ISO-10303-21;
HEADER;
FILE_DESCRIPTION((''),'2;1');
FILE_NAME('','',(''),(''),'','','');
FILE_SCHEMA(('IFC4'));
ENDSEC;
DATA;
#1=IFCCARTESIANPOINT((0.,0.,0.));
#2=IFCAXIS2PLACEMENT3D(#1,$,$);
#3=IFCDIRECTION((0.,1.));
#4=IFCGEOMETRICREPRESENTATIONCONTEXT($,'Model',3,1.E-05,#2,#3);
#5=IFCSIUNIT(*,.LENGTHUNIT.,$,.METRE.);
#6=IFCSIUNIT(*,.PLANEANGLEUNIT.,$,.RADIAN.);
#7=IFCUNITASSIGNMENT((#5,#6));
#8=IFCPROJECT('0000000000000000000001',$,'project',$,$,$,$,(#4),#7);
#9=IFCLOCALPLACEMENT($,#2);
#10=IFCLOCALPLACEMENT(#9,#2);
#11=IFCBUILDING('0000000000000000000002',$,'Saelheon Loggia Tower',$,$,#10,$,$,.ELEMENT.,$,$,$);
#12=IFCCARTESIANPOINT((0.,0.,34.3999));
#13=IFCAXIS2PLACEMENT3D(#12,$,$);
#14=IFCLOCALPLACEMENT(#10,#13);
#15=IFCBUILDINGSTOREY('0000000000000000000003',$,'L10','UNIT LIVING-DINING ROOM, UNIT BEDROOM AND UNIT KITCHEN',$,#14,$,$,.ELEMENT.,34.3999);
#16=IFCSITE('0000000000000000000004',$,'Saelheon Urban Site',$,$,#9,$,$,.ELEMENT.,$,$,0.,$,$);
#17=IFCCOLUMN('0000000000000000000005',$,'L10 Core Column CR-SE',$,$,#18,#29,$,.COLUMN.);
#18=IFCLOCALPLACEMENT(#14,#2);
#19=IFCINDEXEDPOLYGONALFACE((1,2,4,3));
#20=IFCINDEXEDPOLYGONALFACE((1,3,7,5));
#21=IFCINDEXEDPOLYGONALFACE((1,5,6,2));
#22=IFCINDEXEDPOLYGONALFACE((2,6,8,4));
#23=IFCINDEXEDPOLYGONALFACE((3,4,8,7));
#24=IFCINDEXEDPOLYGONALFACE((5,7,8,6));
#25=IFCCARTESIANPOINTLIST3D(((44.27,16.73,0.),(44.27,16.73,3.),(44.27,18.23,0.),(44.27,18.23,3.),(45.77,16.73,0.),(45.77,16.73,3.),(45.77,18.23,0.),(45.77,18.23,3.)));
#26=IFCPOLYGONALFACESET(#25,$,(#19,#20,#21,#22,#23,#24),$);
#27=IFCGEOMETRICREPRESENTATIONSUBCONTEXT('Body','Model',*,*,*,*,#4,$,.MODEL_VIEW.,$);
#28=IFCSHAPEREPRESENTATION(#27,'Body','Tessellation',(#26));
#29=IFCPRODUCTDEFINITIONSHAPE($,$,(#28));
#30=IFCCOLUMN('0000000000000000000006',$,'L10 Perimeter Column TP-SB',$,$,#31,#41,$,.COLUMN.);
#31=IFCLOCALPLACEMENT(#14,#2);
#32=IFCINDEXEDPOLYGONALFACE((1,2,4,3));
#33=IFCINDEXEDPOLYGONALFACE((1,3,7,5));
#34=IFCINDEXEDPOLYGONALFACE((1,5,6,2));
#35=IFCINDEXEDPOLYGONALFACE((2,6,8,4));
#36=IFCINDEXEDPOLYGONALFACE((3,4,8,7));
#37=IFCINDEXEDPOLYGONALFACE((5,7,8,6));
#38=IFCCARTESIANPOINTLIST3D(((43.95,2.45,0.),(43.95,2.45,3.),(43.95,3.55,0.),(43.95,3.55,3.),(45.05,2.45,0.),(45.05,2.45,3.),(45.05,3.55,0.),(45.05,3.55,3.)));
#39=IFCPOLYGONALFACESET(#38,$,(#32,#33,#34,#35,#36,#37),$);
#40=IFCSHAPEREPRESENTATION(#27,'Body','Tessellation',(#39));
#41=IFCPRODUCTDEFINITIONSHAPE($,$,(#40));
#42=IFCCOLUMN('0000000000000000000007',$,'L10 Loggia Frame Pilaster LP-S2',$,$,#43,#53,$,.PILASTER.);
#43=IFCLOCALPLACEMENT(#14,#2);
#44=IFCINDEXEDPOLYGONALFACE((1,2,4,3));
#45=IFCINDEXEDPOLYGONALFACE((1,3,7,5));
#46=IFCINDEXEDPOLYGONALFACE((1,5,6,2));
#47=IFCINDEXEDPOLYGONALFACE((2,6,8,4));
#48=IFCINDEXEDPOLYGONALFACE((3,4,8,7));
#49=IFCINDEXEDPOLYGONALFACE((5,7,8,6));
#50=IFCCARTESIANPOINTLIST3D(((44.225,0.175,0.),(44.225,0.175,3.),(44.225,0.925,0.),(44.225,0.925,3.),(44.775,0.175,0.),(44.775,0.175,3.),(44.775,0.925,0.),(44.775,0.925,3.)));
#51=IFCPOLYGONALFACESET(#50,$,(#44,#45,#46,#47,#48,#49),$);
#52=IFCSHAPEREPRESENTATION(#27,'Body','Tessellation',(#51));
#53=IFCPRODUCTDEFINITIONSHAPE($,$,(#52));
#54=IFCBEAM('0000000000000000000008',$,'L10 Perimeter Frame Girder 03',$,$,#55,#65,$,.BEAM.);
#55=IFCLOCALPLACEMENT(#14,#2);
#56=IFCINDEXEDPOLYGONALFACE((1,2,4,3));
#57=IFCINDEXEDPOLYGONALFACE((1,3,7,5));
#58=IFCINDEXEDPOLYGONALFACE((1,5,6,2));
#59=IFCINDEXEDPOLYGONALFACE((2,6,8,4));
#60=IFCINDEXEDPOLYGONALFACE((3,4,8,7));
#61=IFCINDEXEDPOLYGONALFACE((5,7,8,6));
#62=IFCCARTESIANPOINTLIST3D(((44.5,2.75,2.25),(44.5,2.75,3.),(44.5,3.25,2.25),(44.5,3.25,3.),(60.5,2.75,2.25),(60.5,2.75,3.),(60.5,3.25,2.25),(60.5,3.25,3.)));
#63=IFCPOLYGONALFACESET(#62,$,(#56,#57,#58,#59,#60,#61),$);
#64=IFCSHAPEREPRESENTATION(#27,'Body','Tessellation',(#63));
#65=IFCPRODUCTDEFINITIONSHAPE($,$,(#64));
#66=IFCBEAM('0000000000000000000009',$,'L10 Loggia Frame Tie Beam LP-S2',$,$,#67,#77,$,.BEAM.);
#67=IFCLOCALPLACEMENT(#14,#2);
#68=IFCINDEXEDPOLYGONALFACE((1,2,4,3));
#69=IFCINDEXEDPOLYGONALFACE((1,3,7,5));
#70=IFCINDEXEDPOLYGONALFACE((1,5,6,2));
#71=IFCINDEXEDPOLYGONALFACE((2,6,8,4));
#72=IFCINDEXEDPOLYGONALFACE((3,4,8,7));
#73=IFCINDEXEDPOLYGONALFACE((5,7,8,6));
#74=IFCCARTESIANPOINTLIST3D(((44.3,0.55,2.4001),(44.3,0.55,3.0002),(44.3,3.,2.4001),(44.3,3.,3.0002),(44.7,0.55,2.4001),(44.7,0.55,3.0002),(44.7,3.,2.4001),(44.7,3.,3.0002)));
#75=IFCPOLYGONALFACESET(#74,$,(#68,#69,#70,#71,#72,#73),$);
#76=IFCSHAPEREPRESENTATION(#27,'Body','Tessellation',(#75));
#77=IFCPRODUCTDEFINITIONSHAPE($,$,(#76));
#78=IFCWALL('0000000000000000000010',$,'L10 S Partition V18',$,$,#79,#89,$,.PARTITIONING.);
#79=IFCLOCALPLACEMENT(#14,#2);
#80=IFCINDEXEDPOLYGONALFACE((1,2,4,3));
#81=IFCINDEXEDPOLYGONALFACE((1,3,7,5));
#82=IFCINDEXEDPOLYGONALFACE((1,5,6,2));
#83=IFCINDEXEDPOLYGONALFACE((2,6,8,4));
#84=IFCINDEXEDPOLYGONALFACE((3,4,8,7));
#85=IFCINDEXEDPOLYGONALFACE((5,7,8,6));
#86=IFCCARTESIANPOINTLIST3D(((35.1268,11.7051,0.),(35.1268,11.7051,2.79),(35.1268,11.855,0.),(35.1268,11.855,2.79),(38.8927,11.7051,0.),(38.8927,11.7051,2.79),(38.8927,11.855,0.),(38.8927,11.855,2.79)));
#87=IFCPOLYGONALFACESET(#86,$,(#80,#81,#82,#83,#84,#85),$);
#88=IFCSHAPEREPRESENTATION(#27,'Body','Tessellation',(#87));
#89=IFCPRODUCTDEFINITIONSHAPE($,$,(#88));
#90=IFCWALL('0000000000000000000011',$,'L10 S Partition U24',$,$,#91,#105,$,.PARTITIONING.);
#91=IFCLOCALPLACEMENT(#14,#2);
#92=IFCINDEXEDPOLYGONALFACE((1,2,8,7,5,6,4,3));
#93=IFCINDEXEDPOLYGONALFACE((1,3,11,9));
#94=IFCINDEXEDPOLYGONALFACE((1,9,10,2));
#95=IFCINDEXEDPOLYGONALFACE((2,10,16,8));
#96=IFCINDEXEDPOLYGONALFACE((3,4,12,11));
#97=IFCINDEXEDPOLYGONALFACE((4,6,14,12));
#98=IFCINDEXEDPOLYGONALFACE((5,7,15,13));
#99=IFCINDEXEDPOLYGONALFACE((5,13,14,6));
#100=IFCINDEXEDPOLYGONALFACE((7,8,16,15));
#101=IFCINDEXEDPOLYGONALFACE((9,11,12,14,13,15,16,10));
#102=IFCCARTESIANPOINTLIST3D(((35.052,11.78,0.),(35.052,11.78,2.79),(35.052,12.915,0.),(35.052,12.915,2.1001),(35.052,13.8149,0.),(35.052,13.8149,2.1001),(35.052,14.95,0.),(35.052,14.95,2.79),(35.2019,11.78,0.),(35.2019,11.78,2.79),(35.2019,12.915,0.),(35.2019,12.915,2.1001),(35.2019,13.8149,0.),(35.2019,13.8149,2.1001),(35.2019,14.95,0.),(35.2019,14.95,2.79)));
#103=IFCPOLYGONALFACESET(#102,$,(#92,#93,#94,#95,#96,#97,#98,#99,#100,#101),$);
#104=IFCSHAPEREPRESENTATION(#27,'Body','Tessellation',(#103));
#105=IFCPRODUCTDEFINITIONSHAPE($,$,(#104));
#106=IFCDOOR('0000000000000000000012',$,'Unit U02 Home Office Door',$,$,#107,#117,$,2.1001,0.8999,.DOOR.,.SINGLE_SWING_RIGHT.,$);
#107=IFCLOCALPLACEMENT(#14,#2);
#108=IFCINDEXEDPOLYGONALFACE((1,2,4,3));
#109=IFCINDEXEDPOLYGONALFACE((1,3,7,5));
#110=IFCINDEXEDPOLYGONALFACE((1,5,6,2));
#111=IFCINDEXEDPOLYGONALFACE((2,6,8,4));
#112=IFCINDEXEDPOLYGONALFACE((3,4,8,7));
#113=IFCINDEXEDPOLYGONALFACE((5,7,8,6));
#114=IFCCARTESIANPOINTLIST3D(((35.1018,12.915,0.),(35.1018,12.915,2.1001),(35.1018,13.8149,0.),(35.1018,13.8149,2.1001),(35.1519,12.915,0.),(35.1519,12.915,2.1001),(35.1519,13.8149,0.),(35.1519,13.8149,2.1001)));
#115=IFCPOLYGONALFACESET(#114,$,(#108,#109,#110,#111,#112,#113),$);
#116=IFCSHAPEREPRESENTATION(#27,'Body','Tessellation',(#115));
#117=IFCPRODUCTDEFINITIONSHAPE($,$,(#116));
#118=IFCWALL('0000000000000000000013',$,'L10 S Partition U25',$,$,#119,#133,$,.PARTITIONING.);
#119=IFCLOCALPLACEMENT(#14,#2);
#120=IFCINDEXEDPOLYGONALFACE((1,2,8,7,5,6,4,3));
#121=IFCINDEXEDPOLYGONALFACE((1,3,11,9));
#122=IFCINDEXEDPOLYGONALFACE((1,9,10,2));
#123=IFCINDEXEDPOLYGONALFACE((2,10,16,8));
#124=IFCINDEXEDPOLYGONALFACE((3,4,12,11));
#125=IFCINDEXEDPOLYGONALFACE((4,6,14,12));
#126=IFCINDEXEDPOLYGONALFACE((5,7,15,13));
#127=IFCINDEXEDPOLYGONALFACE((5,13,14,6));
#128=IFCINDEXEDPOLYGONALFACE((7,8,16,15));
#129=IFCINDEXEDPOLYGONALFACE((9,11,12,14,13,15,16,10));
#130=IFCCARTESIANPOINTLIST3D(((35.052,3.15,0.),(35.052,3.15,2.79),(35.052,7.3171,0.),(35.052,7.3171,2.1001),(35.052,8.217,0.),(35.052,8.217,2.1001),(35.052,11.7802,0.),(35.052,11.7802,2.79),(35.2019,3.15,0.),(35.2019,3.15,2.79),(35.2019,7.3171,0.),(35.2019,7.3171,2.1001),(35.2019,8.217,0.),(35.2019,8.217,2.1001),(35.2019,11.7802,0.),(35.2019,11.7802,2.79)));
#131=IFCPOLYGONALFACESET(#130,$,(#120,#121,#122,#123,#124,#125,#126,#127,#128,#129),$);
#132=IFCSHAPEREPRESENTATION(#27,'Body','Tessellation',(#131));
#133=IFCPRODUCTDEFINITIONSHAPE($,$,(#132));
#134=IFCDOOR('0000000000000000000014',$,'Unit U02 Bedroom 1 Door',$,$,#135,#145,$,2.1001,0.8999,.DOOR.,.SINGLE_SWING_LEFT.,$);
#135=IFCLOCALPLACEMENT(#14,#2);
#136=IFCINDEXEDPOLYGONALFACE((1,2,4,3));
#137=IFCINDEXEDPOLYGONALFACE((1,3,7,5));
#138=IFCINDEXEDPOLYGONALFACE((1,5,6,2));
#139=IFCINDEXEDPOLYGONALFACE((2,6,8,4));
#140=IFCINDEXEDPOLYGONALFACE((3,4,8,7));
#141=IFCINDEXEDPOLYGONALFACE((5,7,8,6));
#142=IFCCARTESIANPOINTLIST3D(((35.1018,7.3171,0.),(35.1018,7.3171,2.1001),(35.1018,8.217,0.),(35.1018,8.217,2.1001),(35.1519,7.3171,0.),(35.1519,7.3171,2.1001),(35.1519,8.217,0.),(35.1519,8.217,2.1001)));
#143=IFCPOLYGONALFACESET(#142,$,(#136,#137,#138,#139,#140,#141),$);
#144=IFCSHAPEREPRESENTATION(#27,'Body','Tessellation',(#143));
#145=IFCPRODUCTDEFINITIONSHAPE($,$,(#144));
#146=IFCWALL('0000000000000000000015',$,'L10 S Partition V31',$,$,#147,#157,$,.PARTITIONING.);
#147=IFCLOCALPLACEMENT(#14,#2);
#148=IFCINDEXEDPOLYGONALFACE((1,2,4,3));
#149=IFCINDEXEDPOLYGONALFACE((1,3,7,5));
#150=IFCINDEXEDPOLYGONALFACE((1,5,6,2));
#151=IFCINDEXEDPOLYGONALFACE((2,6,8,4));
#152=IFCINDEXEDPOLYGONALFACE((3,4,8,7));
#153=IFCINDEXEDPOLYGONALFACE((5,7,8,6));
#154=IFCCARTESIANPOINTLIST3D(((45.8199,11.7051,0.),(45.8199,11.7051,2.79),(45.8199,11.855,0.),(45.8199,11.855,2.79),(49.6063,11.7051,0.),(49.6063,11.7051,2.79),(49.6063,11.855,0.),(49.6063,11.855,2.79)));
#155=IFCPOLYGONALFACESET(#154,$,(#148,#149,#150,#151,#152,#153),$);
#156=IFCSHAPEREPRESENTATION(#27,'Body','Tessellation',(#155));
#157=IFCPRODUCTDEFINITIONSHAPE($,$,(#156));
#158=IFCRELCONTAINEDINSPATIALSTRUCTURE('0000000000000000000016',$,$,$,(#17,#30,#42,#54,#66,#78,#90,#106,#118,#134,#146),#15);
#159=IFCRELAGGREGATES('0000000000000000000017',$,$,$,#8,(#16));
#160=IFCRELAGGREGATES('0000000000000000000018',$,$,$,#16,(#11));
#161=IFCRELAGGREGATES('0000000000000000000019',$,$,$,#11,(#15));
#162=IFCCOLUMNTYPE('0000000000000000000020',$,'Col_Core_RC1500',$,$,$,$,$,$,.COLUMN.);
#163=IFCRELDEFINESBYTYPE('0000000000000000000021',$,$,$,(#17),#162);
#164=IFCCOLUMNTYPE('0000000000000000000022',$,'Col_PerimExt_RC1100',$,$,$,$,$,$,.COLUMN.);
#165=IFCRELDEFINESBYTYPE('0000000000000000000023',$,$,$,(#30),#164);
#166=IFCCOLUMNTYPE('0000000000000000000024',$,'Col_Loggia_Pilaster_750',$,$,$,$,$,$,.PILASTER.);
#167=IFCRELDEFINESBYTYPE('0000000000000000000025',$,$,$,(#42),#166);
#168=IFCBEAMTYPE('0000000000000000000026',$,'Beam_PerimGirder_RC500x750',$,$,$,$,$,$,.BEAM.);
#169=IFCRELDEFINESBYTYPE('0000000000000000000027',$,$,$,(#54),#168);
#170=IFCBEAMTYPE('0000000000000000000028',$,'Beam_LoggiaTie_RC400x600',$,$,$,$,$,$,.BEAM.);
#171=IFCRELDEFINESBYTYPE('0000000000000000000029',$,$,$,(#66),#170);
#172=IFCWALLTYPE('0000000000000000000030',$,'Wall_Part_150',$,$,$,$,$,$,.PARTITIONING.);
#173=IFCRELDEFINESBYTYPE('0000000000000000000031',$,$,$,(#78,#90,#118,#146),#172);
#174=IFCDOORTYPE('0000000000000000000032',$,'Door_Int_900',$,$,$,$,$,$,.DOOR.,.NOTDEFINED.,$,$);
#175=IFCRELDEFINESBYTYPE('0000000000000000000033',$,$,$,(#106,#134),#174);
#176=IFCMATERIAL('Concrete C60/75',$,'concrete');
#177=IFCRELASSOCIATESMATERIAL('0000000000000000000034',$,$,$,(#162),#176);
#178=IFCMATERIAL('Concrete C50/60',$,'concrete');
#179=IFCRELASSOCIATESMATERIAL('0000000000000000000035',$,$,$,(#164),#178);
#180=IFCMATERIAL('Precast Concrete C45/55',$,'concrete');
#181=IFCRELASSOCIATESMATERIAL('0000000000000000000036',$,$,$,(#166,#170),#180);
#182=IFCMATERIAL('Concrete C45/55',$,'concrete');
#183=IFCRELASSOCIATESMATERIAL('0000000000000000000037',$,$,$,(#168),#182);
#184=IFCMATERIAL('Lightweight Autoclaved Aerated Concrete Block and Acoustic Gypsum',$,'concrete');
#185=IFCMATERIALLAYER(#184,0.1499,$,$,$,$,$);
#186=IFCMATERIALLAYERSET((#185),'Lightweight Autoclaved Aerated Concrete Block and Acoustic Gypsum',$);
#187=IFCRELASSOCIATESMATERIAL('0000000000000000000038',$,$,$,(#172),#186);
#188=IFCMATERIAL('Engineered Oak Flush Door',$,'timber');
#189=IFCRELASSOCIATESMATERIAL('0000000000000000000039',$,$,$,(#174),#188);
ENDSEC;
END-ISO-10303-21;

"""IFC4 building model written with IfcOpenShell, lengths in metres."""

from ifc_helpers import new_model, si_unit, direction, frame, frame_2d, origin, origin_2d, place, context, subcontext, project, spatial, rectangle, extrude, source, transform, mapped, material, layer, layer_set, material_profile, profile_set, type_object, element, fill, save


model = new_model("IFC4")

# Units and contexts
model_context = context("Model", 3, precision=1e-05, world=origin(), true_north=direction((0.0, 1.0)))
body_context = subcontext(model_context, "Body", "Model", "MODEL_VIEW")
ifc_project = project(units=[si_unit("LENGTHUNIT", "METRE"), si_unit("PLANEANGLEUNIT", "RADIAN")], contexts=[model_context])

# Site, building, storey
site_placement = place(None, origin())
site = spatial("IfcSite", under=ifc_project, at=site_placement, Name="Saelheon Urban Site", CompositionType="ELEMENT", RefElevation=0.0)
building_placement = place(site_placement, origin())
building = spatial("IfcBuilding", under=site, at=building_placement, Name="Saelheon Loggia Tower", CompositionType="ELEMENT")
storey_placement = place(building_placement, frame((0.0, 0.0, 34.3999)))
storey = spatial("IfcBuildingStorey", under=building, at=storey_placement, Name="L10", Description="UNIT LIVING-DINING ROOM, UNIT BEDROOM AND UNIT KITCHEN", CompositionType="ELEMENT", Elevation=34.3999)

# Columns
ifc_material_1 = material(Name="Concrete C60/75", Category="concrete")
ifc_material_profile_1 = material_profile(ifc_material_1, rectangle(XDim=1.5, YDim=1.5, at=origin_2d()), Name="RC-1500x1500")
ifc_profile_set_1 = profile_set([ifc_material_profile_1], Name="Concrete C60/75")
column_type_1 = type_object("IfcColumnType", Name="Col_Core_RC1500", PredefinedType="COLUMN", material=ifc_profile_set_1)
shared_shape_1 = source(origin(), body_context, "Body", "SweptSolid", [
    extrude(rectangle(XDim=1.5, YDim=1.5, at=origin_2d()), origin(), (0.0, 0.0, 1.0), 3.0),
])
column_1_placement = place(storey_placement, frame((45.02, 17.48, 0.0), z_axis=(0.0, 0.0, 1.0), x_axis=(1.0, 0.0, 0.0)))
element("IfcColumn", 1, at=column_1_placement, inside=storey, type_object=column_type_1, Name="L10 Core Column CR-SE", PredefinedType="COLUMN", context=body_context, shape_type="MappedRepresentation", body=[
    mapped(shared_shape_1, transform((0.0, 0.0, 0.0), scale=1.0)),
])
ifc_material_2 = material(Name="Concrete C50/60", Category="concrete")
ifc_material_profile_2 = material_profile(ifc_material_2, rectangle(XDim=1.1001, YDim=1.1001, at=origin_2d()), Name="RC-1100x1100")
ifc_profile_set_2 = profile_set([ifc_material_profile_2], Name="Concrete C50/60")
column_type_2 = type_object("IfcColumnType", Name="Col_PerimExt_RC1100", PredefinedType="COLUMN", material=ifc_profile_set_2)
shared_shape_2 = source(origin(), body_context, "Body", "SweptSolid", [
    extrude(rectangle(XDim=1.1001, YDim=1.1001, at=origin_2d()), origin(), (0.0, 0.0, 1.0), 3.0),
])
column_2_placement = place(storey_placement, frame((44.5, 3.0, 0.0), z_axis=(0.0, 0.0, 1.0), x_axis=(1.0, 0.0, 0.0)))
element("IfcColumn", 2, at=column_2_placement, inside=storey, type_object=column_type_2, Name="L10 Perimeter Column TP-SB", PredefinedType="COLUMN", context=body_context, shape_type="MappedRepresentation", body=[
    mapped(shared_shape_2, transform((0.0, 0.0, 0.0), scale=1.0)),
])
ifc_material_3 = material(Name="Precast Concrete C45/55", Category="concrete")
ifc_material_profile_3 = material_profile(ifc_material_3, rectangle(XDim=0.55, YDim=0.75, at=origin_2d()), Name="RC-550x750")
ifc_profile_set_3 = profile_set([ifc_material_profile_3], Name="Precast Concrete C45/55")
column_type_3 = type_object("IfcColumnType", Name="Col_Loggia_Pilaster_750", PredefinedType="PILASTER", material=ifc_profile_set_3)
shared_shape_3 = source(origin(), body_context, "Body", "SweptSolid", [
    extrude(rectangle(XDim=0.55, YDim=0.75, at=origin_2d()), origin(), (0.0, 0.0, 1.0), 3.0),
])
column_3_placement = place(storey_placement, frame((44.5, 0.55, 0.0), z_axis=(0.0, 0.0, 1.0), x_axis=(1.0, 0.0, 0.0)))
element("IfcColumn", 3, at=column_3_placement, inside=storey, type_object=column_type_3, Name="L10 Loggia Frame Pilaster LP-S2", PredefinedType="PILASTER", context=body_context, shape_type="MappedRepresentation", body=[
    mapped(shared_shape_3, transform((0.0, 0.0, 0.0), scale=1.0)),
])

# Beams
ifc_material_4 = material(Name="Concrete C45/55", Category="concrete")
ifc_material_profile_4 = material_profile(ifc_material_4, rectangle(XDim=0.5, YDim=0.75, at=origin_2d()), Name="RC-500x750")
ifc_profile_set_4 = profile_set([ifc_material_profile_4], Name="Concrete C45/55")
beam_type_1 = type_object("IfcBeamType", Name="Beam_PerimGirder_RC500x750", PredefinedType="BEAM", material=ifc_profile_set_4)
shared_shape_4 = source(origin(), body_context, "Body", "SweptSolid", [
    extrude(rectangle(XDim=0.5, YDim=0.75, at=origin_2d()), origin(), (0.0, 0.0, 1.0), 16.0),
])
beam_1_placement = place(storey_placement, frame((44.5, 3.0, 2.625), z_axis=(1.0, 0.0, 0.0), x_axis=(0.0, 1.0, 0.0)))
element("IfcBeam", 4, at=beam_1_placement, inside=storey, type_object=beam_type_1, Name="L10 Perimeter Frame Girder 03", PredefinedType="BEAM", context=body_context, shape_type="MappedRepresentation", body=[
    mapped(shared_shape_4, transform((0.0, 0.0, 0.0), scale=1.0)),
])
ifc_material_profile_5 = material_profile(ifc_material_3, rectangle(XDim=0.3999, YDim=0.6001, at=origin_2d()), Name="RC-400x600")
ifc_profile_set_5 = profile_set([ifc_material_profile_5], Name="Precast Concrete C45/55")
beam_type_2 = type_object("IfcBeamType", Name="Beam_LoggiaTie_RC400x600", PredefinedType="BEAM", material=ifc_profile_set_5)
shared_shape_5 = source(origin(), body_context, "Body", "SweptSolid", [
    extrude(rectangle(XDim=0.3999, YDim=0.6001, at=origin_2d()), origin(), (0.0, 0.0, 1.0), 2.45),
])
beam_2_placement = place(storey_placement, frame((44.5, 3.0, 2.7002), z_axis=(0.0, -1.0, 0.0), x_axis=(1.0, 0.0, 0.0)))
element("IfcBeam", 5, at=beam_2_placement, inside=storey, type_object=beam_type_2, Name="L10 Loggia Frame Tie Beam LP-S2", PredefinedType="BEAM", context=body_context, shape_type="MappedRepresentation", body=[
    mapped(shared_shape_5, transform((0.0, 0.0, 0.0), scale=1.0)),
])

# Wall
ifc_material_5 = material(Name="Lightweight Autoclaved Aerated Concrete Block and Acoustic Gypsum", Category="concrete")
ifc_layer_1 = layer(ifc_material_5, 0.1499)
ifc_layer_set_1 = layer_set([ifc_layer_1], Name="Lightweight Autoclaved Aerated Concrete Block and Acoustic Gypsum")
wall_type_1 = type_object("IfcWallType", Name="Wall_Part_150", PredefinedType="PARTITIONING", material=ifc_layer_set_1)
wall_1_placement = place(storey_placement, frame((35.127, 11.78, 0.0), z_axis=(0.0, 0.0, 1.0), x_axis=(1.0, 0.0, 0.0)))
element("IfcWall", 6, at=wall_1_placement, inside=storey, type_object=wall_type_1, Name="L10 S Partition V18", PredefinedType="PARTITIONING", context=body_context, shape_type="SweptSolid", body=[
    extrude(rectangle(XDim=3.7659, YDim=0.1499, at=frame_2d((1.8828, 0.0))), origin(), (0.0, 0.0, 1.0), 2.79),
])

# Walls, openings, doors
wall_2_placement = place(storey_placement, frame((35.127, 14.95, 0.0), z_axis=(0.0, 0.0, 1.0), x_axis=(0.0, -1.0, 0.0)))
wall_2 = element("IfcWall", 7, at=wall_2_placement, inside=storey, type_object=wall_type_1, Name="L10 S Partition U24", PredefinedType="PARTITIONING", context=body_context, shape_type="SweptSolid", body=[
    extrude(rectangle(XDim=3.1699, YDim=0.1499, at=frame_2d((1.585, 0.0))), origin(), (0.0, 0.0, 1.0), 2.79),
])
opening_1_placement = place(wall_2_placement, frame((1.135, 0.0, 0.0)))
opening_1 = element("IfcOpeningElement", 8, at=opening_1_placement, cuts=wall_2, PredefinedType="OPENING", context=body_context, shape_type="SweptSolid", body=[
    extrude(rectangle(XDim=0.8999, YDim=2.1001, at=frame_2d((0.45, 1.05))), frame((0.0, 0.0869, 0.0), z_axis=(0.0, -1.0, 0.0), x_axis=(1.0, 0.0, 0.0)), (0.0, 0.0, 1.0), 0.1738),
])
ifc_material_6 = material(Name="Engineered Oak Flush Door", Category="timber")
door_type_1 = type_object("IfcDoorType", Name="Door_Int_900", OperationType="NOTDEFINED", PredefinedType="DOOR", material=ifc_material_6)
shared_shape_6 = source(origin(), body_context, "Body", "SweptSolid", [
    extrude(rectangle(XDim=0.8999, YDim=2.1001, at=frame_2d((0.45, 1.05))), frame((0.0, 0.0249, 0.0), z_axis=(0.0, -1.0, 0.0), x_axis=(1.0, 0.0, 0.0)), (0.0, 0.0, 1.0), 0.05),
])
door_1_placement = place(opening_1_placement, origin())
door_1 = element("IfcDoor", 9, at=door_1_placement, inside=storey, type_object=door_type_1, Name="Unit U02 Home Office Door", OperationType="SINGLE_SWING_RIGHT", OverallHeight=2.1001, OverallWidth=0.8999, PredefinedType="DOOR", context=body_context, shape_type="MappedRepresentation", body=[
    mapped(shared_shape_6, transform((0.0, 0.0, 0.0), scale=1.0)),
])
fill(opening_1, door_1)
wall_3_placement = place(storey_placement, frame((35.127, 11.78, 0.0), z_axis=(0.0, 0.0, 1.0), x_axis=(0.0, -1.0, 0.0)))
wall_3 = element("IfcWall", 10, at=wall_3_placement, inside=storey, type_object=wall_type_1, Name="L10 S Partition U25", PredefinedType="PARTITIONING", context=body_context, shape_type="SweptSolid", body=[
    extrude(rectangle(XDim=8.6301, YDim=0.1499, at=frame_2d((4.3149, 0.0))), origin(), (0.0, 0.0, 1.0), 2.79),
])
opening_2_placement = place(wall_3_placement, frame((3.563, 0.0, 0.0)))
opening_2 = element("IfcOpeningElement", 11, at=opening_2_placement, cuts=wall_3, PredefinedType="OPENING", context=body_context, shape_type="SweptSolid", body=[
    extrude(rectangle(XDim=0.8999, YDim=2.1001, at=frame_2d((0.45, 1.05))), frame((0.0, 0.0869, 0.0), z_axis=(0.0, -1.0, 0.0), x_axis=(1.0, 0.0, 0.0)), (0.0, 0.0, 1.0), 0.1738),
])
door_2_placement = place(opening_2_placement, origin())
door_2 = element("IfcDoor", 12, at=door_2_placement, inside=storey, type_object=door_type_1, Name="Unit U02 Bedroom 1 Door", OperationType="SINGLE_SWING_LEFT", OverallHeight=2.1001, OverallWidth=0.8999, PredefinedType="DOOR", context=body_context, shape_type="MappedRepresentation", body=[
    mapped(shared_shape_6, transform((0.0, 0.0, 0.0), scale=1.0)),
])
fill(opening_2, door_2)

# Wall
wall_4_placement = place(storey_placement, frame((45.8201, 11.78, 0.0), z_axis=(0.0, 0.0, 1.0), x_axis=(1.0, 0.0, 0.0)))
element("IfcWall", 13, at=wall_4_placement, inside=storey, type_object=wall_type_1, Name="L10 S Partition V31", PredefinedType="PARTITIONING", context=body_context, shape_type="SweptSolid", body=[
    extrude(rectangle(XDim=3.7864, YDim=0.1499, at=frame_2d((1.8931, 0.0))), origin(), (0.0, 0.0, 1.0), 2.79),
])

save(model, "model.ifc")
